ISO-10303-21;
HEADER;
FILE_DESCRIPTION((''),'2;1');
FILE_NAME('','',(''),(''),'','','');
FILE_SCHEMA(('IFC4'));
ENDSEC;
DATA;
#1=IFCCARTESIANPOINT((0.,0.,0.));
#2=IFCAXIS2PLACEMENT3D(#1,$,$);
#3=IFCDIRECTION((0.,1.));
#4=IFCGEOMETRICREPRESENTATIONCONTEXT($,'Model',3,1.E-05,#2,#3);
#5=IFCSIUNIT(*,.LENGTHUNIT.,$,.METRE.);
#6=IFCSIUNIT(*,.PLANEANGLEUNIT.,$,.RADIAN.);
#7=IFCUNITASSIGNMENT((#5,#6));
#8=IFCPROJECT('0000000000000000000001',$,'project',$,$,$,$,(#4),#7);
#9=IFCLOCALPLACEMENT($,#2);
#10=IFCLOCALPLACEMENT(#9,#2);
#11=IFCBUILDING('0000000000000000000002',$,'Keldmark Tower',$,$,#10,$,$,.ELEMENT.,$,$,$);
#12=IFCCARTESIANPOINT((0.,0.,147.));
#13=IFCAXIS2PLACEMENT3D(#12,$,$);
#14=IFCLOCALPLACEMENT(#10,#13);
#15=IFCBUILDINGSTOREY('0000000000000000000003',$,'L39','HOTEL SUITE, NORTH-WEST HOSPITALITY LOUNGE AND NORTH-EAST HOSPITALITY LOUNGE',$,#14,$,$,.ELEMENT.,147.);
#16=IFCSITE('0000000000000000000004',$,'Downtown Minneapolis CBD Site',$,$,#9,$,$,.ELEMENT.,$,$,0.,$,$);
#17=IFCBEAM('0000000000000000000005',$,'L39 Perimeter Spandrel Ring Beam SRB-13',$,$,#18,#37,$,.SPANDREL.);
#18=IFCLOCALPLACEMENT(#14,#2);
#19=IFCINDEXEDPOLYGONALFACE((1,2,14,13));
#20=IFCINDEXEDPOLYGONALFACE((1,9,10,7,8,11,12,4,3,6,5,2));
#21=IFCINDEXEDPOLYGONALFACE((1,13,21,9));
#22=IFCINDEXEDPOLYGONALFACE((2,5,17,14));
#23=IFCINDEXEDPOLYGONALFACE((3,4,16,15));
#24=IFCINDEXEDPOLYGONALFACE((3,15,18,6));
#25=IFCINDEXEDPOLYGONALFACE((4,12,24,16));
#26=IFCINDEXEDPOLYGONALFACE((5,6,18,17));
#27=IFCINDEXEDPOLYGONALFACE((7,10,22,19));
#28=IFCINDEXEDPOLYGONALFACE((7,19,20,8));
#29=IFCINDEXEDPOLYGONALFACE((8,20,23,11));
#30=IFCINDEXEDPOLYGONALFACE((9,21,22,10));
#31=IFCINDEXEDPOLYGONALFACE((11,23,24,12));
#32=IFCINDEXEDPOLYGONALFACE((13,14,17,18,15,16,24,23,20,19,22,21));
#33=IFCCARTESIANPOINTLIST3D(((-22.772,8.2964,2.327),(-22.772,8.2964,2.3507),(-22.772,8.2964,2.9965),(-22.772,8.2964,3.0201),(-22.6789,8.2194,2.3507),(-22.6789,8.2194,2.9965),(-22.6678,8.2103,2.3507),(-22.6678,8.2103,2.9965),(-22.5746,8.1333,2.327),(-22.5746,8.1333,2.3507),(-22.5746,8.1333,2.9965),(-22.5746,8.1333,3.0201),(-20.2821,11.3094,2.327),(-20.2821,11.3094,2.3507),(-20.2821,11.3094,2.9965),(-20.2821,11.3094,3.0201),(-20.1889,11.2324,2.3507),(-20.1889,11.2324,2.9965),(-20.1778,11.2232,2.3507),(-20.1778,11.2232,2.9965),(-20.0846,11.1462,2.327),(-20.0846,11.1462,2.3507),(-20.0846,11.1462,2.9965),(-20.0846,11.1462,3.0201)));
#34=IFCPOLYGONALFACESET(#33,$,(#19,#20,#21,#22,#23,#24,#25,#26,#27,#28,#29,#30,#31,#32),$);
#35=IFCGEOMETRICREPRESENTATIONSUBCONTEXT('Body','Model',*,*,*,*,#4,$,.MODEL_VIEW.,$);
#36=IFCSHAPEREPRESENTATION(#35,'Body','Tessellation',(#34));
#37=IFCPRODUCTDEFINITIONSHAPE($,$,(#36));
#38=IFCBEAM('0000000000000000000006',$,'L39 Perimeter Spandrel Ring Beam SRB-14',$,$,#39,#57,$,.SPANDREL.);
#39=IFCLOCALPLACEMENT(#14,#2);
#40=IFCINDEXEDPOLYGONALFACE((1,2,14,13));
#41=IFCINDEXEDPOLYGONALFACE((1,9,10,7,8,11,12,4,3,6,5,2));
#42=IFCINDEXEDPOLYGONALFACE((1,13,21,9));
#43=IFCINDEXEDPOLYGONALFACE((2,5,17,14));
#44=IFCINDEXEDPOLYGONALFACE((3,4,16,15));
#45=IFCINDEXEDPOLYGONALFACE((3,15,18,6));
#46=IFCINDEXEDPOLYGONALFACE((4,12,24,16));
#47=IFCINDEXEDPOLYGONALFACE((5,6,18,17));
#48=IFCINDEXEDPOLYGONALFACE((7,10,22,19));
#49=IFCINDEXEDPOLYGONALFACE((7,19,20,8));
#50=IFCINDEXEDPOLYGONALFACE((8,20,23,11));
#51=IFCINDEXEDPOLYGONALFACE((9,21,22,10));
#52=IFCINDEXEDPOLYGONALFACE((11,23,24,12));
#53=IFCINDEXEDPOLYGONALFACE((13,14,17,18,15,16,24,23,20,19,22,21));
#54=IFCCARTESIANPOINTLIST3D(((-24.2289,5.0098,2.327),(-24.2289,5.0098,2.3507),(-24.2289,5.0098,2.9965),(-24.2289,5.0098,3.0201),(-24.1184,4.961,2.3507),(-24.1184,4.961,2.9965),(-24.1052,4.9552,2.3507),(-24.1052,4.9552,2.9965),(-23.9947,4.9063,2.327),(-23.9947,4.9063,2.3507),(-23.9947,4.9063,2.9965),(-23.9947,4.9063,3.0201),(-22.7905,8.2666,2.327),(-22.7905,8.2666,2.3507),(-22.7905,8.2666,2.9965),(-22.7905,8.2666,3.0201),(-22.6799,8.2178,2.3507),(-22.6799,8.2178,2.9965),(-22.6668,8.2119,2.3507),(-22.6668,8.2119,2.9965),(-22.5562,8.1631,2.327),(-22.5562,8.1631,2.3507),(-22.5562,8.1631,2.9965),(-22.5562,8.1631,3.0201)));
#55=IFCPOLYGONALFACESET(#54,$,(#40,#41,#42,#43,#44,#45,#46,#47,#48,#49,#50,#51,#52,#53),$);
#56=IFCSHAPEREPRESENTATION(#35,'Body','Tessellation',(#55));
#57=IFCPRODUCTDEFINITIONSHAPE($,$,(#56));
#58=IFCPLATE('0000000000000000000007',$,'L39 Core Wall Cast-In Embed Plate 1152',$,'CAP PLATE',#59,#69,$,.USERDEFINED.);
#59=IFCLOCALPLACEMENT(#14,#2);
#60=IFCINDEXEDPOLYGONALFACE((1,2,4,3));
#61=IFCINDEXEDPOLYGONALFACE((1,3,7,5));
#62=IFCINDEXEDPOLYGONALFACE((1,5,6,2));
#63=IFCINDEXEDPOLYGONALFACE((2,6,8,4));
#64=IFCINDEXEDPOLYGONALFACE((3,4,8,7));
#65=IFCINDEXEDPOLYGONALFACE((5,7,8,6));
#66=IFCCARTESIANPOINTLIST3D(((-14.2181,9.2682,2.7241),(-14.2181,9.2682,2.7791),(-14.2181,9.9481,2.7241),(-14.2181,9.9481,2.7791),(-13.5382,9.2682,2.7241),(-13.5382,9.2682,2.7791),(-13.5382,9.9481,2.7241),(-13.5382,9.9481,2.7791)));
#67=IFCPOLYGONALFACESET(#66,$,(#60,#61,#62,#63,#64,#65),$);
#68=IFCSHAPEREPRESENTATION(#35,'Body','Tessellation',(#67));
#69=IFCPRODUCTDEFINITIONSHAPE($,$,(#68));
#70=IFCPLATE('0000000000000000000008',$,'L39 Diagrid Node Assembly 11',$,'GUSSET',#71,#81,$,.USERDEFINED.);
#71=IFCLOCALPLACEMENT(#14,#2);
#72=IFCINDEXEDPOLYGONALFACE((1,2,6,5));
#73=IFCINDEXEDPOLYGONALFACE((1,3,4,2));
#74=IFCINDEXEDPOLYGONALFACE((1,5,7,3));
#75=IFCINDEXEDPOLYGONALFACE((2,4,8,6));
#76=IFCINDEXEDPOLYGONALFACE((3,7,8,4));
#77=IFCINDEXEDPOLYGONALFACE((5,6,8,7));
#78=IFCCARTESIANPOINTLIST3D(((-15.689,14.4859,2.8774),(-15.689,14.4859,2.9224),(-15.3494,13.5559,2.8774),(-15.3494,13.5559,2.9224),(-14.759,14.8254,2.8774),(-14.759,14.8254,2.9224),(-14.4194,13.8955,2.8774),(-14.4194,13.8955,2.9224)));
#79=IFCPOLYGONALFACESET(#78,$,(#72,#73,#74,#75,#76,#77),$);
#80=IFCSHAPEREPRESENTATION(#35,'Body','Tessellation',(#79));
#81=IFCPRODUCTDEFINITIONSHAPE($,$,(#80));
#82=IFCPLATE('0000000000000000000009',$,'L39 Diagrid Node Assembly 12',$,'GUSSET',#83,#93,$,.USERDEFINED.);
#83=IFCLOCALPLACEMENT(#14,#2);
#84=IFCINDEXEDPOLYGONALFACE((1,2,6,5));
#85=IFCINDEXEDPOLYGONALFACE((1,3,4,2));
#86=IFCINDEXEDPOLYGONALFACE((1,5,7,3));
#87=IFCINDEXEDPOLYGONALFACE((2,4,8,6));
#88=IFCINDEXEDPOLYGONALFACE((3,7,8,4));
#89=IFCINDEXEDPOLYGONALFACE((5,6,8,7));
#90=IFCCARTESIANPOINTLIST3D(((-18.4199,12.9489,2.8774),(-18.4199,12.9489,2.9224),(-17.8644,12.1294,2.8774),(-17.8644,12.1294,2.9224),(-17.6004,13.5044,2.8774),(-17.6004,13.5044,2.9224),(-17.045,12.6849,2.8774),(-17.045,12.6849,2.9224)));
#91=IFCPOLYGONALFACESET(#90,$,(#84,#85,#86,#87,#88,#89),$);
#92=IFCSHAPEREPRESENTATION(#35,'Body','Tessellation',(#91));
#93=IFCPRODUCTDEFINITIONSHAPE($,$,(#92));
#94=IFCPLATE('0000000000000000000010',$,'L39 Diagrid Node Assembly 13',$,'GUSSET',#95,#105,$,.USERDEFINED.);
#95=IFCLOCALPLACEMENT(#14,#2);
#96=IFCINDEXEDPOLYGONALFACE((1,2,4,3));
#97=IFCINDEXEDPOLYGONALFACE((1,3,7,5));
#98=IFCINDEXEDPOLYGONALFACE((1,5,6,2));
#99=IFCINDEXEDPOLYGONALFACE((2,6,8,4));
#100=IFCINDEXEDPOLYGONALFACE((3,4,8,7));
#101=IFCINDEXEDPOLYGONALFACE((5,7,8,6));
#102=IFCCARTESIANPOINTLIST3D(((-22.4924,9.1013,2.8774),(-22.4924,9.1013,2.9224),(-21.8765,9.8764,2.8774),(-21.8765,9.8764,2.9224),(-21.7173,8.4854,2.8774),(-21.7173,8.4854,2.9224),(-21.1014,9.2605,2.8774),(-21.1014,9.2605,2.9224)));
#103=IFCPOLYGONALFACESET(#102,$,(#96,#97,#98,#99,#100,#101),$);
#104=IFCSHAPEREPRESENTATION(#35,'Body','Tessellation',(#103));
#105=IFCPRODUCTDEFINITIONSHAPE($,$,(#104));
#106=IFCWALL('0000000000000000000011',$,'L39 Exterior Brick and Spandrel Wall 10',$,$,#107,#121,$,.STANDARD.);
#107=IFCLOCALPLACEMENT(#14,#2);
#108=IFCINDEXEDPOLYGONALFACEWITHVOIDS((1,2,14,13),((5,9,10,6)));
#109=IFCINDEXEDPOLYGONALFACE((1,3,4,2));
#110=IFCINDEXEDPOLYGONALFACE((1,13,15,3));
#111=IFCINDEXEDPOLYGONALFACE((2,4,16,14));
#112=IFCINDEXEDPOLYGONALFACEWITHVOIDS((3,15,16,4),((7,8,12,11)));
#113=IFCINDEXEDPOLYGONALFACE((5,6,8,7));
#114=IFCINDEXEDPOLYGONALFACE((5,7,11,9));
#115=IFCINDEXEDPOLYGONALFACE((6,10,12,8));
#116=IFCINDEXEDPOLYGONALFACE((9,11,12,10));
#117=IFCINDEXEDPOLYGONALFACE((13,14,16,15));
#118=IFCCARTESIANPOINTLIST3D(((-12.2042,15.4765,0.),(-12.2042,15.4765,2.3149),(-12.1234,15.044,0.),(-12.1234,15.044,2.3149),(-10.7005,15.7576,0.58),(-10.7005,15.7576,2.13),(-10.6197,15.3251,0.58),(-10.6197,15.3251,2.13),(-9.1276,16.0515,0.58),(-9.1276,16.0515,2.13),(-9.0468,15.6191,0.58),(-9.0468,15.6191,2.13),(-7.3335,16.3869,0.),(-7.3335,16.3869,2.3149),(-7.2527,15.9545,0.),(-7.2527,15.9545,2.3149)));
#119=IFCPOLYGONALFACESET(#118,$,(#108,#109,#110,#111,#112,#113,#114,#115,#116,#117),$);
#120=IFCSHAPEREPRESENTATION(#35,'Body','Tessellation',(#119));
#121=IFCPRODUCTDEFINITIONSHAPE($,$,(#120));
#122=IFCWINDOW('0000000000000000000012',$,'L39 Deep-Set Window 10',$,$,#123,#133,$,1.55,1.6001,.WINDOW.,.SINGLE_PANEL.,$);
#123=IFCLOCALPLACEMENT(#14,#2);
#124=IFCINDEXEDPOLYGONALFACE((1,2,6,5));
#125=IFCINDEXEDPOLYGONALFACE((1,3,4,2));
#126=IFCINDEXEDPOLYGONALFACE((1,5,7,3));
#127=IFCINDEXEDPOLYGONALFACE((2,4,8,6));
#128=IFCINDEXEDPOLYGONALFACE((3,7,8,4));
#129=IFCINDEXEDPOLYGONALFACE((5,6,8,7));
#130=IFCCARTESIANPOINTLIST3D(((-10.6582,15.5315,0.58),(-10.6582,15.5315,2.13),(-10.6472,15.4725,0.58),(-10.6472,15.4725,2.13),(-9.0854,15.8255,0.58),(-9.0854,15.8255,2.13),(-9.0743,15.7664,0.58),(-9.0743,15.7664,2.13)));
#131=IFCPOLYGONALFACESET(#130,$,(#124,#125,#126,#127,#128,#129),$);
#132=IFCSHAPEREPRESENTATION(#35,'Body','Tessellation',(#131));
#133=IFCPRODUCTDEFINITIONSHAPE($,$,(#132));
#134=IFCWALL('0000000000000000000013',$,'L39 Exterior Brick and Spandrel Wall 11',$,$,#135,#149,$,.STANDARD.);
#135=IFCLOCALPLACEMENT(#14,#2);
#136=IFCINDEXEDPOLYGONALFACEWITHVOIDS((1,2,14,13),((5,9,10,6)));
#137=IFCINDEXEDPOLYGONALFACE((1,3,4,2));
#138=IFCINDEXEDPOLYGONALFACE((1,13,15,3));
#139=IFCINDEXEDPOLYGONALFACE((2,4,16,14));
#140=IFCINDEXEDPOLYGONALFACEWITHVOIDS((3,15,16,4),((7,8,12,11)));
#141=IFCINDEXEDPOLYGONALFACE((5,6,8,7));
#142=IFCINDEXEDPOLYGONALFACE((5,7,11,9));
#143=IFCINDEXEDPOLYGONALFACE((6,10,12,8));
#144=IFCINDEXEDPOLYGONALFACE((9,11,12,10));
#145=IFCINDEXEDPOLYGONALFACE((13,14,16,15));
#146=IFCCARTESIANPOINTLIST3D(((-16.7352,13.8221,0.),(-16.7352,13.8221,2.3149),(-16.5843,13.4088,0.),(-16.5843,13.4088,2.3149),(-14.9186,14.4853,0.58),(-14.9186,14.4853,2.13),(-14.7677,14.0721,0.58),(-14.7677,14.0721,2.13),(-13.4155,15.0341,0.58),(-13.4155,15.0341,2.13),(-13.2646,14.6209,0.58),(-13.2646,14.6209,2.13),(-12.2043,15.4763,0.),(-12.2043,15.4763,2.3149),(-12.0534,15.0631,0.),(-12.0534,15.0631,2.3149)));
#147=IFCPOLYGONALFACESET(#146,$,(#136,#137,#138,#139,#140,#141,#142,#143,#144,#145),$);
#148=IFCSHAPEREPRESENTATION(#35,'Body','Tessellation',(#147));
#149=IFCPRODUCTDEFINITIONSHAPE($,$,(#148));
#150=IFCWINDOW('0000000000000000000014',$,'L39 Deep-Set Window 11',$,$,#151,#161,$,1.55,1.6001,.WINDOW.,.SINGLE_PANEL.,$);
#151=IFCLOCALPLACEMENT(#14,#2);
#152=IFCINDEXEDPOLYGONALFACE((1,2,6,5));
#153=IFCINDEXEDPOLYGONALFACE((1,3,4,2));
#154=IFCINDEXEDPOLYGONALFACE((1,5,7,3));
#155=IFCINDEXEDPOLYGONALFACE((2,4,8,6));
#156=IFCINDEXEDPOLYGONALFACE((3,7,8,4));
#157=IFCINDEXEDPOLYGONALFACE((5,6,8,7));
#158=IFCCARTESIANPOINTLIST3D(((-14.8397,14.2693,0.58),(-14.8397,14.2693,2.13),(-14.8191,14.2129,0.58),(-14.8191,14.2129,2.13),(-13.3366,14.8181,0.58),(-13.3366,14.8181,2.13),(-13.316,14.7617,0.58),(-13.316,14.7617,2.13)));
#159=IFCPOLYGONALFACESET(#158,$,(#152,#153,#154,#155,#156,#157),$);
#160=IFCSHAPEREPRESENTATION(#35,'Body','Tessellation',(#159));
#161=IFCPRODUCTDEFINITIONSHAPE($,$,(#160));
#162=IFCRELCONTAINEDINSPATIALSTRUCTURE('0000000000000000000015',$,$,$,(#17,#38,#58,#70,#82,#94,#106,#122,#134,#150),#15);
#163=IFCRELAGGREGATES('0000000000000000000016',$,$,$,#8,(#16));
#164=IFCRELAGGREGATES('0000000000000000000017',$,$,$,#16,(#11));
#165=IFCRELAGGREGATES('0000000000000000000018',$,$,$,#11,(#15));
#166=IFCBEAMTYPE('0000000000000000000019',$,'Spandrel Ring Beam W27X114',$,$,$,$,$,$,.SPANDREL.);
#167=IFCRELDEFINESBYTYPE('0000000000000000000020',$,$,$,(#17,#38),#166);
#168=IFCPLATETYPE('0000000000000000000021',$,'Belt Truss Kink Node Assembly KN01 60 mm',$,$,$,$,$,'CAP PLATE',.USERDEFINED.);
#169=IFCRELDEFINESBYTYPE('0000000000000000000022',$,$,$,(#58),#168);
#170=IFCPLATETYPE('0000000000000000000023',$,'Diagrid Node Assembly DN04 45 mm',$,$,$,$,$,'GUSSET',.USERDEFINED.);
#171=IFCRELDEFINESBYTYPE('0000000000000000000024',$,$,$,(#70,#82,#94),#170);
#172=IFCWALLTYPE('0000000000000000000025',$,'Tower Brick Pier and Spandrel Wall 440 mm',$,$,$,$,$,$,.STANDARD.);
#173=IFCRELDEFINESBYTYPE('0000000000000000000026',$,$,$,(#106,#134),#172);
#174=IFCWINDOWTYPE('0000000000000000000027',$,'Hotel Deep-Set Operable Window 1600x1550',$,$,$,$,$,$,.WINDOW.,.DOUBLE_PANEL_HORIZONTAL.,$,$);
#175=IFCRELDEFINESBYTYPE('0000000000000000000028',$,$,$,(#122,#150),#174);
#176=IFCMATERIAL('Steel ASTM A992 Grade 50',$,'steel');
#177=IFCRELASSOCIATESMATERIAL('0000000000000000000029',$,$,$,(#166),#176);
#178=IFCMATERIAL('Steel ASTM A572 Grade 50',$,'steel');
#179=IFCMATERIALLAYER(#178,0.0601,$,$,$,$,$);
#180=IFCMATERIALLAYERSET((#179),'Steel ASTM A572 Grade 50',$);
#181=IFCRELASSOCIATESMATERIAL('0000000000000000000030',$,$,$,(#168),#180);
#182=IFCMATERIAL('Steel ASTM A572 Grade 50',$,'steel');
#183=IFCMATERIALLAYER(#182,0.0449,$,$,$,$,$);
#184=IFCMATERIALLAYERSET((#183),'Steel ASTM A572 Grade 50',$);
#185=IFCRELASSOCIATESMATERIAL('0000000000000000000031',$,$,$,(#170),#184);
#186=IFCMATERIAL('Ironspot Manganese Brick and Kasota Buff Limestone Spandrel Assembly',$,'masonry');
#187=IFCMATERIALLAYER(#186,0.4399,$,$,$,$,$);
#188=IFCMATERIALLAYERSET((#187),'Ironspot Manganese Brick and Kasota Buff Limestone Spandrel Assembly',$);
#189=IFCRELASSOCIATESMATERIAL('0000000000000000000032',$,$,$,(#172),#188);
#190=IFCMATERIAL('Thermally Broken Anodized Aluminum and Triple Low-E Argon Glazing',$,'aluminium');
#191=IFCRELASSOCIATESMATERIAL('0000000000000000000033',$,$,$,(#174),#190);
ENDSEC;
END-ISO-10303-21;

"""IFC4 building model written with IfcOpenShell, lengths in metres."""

from ifc_helpers import new_model, si_unit, direction, frame, frame_2d, origin, origin_2d, place, context, subcontext, project, spatial, rectangle, i_section, extrude, material, layer, layer_set, material_profile, profile_set, type_object, element, fill, save


model = new_model("IFC4")

# Units and contexts
model_context = context("Model", 3, precision=1e-05, world=origin(), true_north=direction((0.0, 1.0)))
body_context = subcontext(model_context, "Body", "Model", "MODEL_VIEW")
ifc_project = project(units=[si_unit("LENGTHUNIT", "METRE"), si_unit("PLANEANGLEUNIT", "RADIAN")], contexts=[model_context])

# Site, building, storey
site_placement = place(None, origin())
site = spatial("IfcSite", under=ifc_project, at=site_placement, Name="Downtown Minneapolis CBD Site", CompositionType="ELEMENT", RefElevation=0.0)
building_placement = place(site_placement, origin())
building = spatial("IfcBuilding", under=site, at=building_placement, Name="Keldmark Tower", CompositionType="ELEMENT")
storey_placement = place(building_placement, frame((0.0, 0.0, 147.0)))
storey = spatial("IfcBuildingStorey", under=building, at=storey_placement, Name="L39", Description="HOTEL SUITE, NORTH-WEST HOSPITALITY LOUNGE AND NORTH-EAST HOSPITALITY LOUNGE", CompositionType="ELEMENT", Elevation=147.0)

# Beams
ifc_material_1 = material(Name="Steel ASTM A992 Grade 50", Category="steel")
ifc_material_profile_1 = material_profile(ifc_material_1, i_section(OverallWidth=0.2561, OverallDepth=0.6931, WebThickness=0.0144, FlangeThickness=0.0237, at=origin_2d()), Name="W27X114")
ifc_profile_set_1 = profile_set([ifc_material_profile_1], Name="Steel ASTM A992 Grade 50")
beam_type_1 = type_object("IfcBeamType", Name="Spandrel Ring Beam W27X114", PredefinedType="SPANDREL", material=ifc_profile_set_1)
beam_1_placement = place(storey_placement, frame((-20.1833, 11.2278, 2.6736), z_axis=(-0.63704, -0.770831, 0.0), x_axis=(0.770831, -0.63704, 0.0)))
element("IfcBeam", 1, at=beam_1_placement, inside=storey, type_object=beam_type_1, Name="L39 Perimeter Spandrel Ring Beam SRB-13", PredefinedType="SPANDREL", context=body_context, shape_type="SweptSolid", body=[
    extrude(i_section(OverallWidth=0.2561, OverallDepth=0.6931, WebThickness=0.0144, FlangeThickness=0.0237, at=origin_2d()), origin(), (0.0, 0.0, 1.0), 3.9087),
])
beam_2_placement = place(storey_placement, frame((-22.6733, 8.2148, 2.6736), z_axis=(-0.404025, -0.914748, 0.0), x_axis=(0.914748, -0.404025, 0.0)))
element("IfcBeam", 2, at=beam_2_placement, inside=storey, type_object=beam_type_1, Name="L39 Perimeter Spandrel Ring Beam SRB-14", PredefinedType="SPANDREL", context=body_context, shape_type="SweptSolid", body=[
    extrude(i_section(OverallWidth=0.2561, OverallDepth=0.6931, WebThickness=0.0144, FlangeThickness=0.0237, at=origin_2d()), origin(), (0.0, 0.0, 1.0), 3.5603),
])

# Plates
ifc_material_2 = material(Name="Steel ASTM A572 Grade 50", Category="steel")
ifc_layer_1 = layer(ifc_material_2, 0.0601)
ifc_layer_set_1 = layer_set([ifc_layer_1], Name="Steel ASTM A572 Grade 50")
plate_type_1 = type_object("IfcPlateType", Name="Belt Truss Kink Node Assembly KN01 60 mm", ElementType="CAP PLATE", PredefinedType="USERDEFINED", material=ifc_layer_set_1)
plate_placement = place(storey_placement, frame((-13.8782, 9.6082, 2.7241), z_axis=(0.0, 0.0, 1.0), x_axis=(1.0, 0.0, 0.0)))
element("IfcPlate", 3, at=plate_placement, inside=storey, type_object=plate_type_1, Name="L39 Core Wall Cast-In Embed Plate 1152", ObjectType="CAP PLATE", PredefinedType="USERDEFINED", context=body_context, shape_type="SweptSolid", body=[
    extrude(rectangle(XDim=0.6799, YDim=0.6799, at=origin_2d()), origin(), (0.0, 0.0, 1.0), 0.0549),
])
ifc_material_3 = material(Name="Steel ASTM A572 Grade 50", Category="steel")
ifc_layer_2 = layer(ifc_material_3, 0.0449)
ifc_layer_set_2 = layer_set([ifc_layer_2], Name="Steel ASTM A572 Grade 50")
plate_type_2 = type_object("IfcPlateType", Name="Diagrid Node Assembly DN04 45 mm", ElementType="GUSSET", PredefinedType="USERDEFINED", material=ifc_layer_set_2)
for number, where, z_axis, x_axis, name in (
    (4, (-15.0542, 14.1907, 2.8774), (0.0, 0.0, 1.0), (-0.939334, -0.343004, 0.0), "L39 Diagrid Node Assembly 11"),
    (5, (-17.7324, 12.8169, 2.8774), (0.0, 0.0, 1.0), (-0.827767, -0.561072, 0.0), "L39 Diagrid Node Assembly 12"),
    (6, (-21.7969, 9.1809, 2.8774), (0.0, 0.0, 1.0), (-0.622105, -0.782934, 0.0), "L39 Diagrid Node Assembly 13"),
):
    element("IfcPlate", number, at=place(storey_placement, frame(where, z_axis=z_axis, x_axis=x_axis)), inside=storey, type_object=plate_type_2, Name=name, ObjectType="GUSSET", PredefinedType="USERDEFINED", context=body_context, shape_type="SweptSolid", body=[
        extrude(rectangle(XDim=0.99, YDim=0.99, at=origin_2d()), origin(), (0.0, 0.0, 1.0), 0.0449),
    ])

# Walls, openings, windows
ifc_material_4 = material(Name="Ironspot Manganese Brick and Kasota Buff Limestone Spandrel Assembly", Category="masonry")
ifc_layer_3 = layer(ifc_material_4, 0.4399)
ifc_layer_set_3 = layer_set([ifc_layer_3], Name="Ironspot Manganese Brick and Kasota Buff Limestone Spandrel Assembly")
wall_type_1 = type_object("IfcWallType", Name="Tower Brick Pier and Spandrel Wall 440 mm", PredefinedType="STANDARD", material=ifc_layer_set_3)
wall_1_placement = place(storey_placement, frame((-12.1638, 15.2603, 0.0), z_axis=(0.0, 0.0, 1.0), x_axis=(0.982976, 0.183735, 0.0)))
wall_1 = element("IfcWall", 7, at=wall_1_placement, inside=storey, type_object=wall_type_1, Name="L39 Exterior Brick and Spandrel Wall 10", PredefinedType="STANDARD", context=body_context, shape_type="SweptSolid", body=[
    extrude(rectangle(XDim=4.9551, YDim=0.4399, at=frame_2d((2.4775, 0.0))), origin(), (0.0, 0.0, 1.0), 2.3149),
])
opening_1_placement = place(wall_1_placement, frame((1.5298, 0.0, 0.5801)))
opening_1 = element("IfcOpeningElement", 8, at=opening_1_placement, cuts=wall_1, PredefinedType="OPENING", context=body_context, shape_type="SweptSolid", body=[
    extrude(rectangle(XDim=1.6001, YDim=1.55, at=frame_2d((0.8, 0.7749))), frame((0.0, 0.23, 0.0), z_axis=(0.0, -1.0, 0.0), x_axis=(1.0, 0.0, 0.0)), (0.0, 0.0, 1.0), 0.46),
])
ifc_material_5 = material(Name="Thermally Broken Anodized Aluminum and Triple Low-E Argon Glazing", Category="aluminium")
window_type = type_object("IfcWindowType", Name="Hotel Deep-Set Operable Window 1600x1550", PartitioningType="DOUBLE_PANEL_HORIZONTAL", PredefinedType="WINDOW", material=ifc_material_5)
window_1_placement = place(opening_1_placement, origin())
window_1 = element("IfcWindow", 9, at=window_1_placement, inside=storey, type_object=window_type, Name="L39 Deep-Set Window 10", OverallHeight=1.55, OverallWidth=1.6001, PartitioningType="SINGLE_PANEL", PredefinedType="WINDOW", context=body_context, shape_type="SweptSolid", body=[
    extrude(rectangle(XDim=1.6001, YDim=1.55, at=frame_2d((0.8, 0.7749))), frame((0.0, -0.01, 0.0), z_axis=(0.0, -1.0, 0.0), x_axis=(1.0, 0.0, 0.0)), (0.0, 0.0, 1.0), 0.0601),
])
fill(opening_1, window_1)
wall_2_placement = place(storey_placement, frame((-16.6597, 13.6155, 0.0), z_axis=(0.0, 0.0, 1.0), x_axis=(0.939349, 0.342962, 0.0)))
wall_2 = element("IfcWall", 10, at=wall_2_placement, inside=storey, type_object=wall_type_1, Name="L39 Exterior Brick and Spandrel Wall 11", PredefinedType="STANDARD", context=body_context, shape_type="SweptSolid", body=[
    extrude(rectangle(XDim=4.8235, YDim=0.4399, at=frame_2d((2.4116, 0.0))), origin(), (0.0, 0.0, 1.0), 2.3149),
])
opening_2_placement = place(wall_2_placement, frame((1.9338, 0.0, 0.5801)))
opening_2 = element("IfcOpeningElement", 11, at=opening_2_placement, cuts=wall_2, PredefinedType="OPENING", context=body_context, shape_type="SweptSolid", body=[
    extrude(rectangle(XDim=1.6001, YDim=1.55, at=frame_2d((0.8, 0.7749))), frame((0.0, 0.23, 0.0), z_axis=(0.0, -1.0, 0.0), x_axis=(1.0, 0.0, 0.0)), (0.0, 0.0, 1.0), 0.46),
])
window_2_placement = place(opening_2_placement, origin())
window_2 = element("IfcWindow", 12, at=window_2_placement, inside=storey, type_object=window_type, Name="L39 Deep-Set Window 11", OverallHeight=1.55, OverallWidth=1.6001, PartitioningType="SINGLE_PANEL", PredefinedType="WINDOW", context=body_context, shape_type="SweptSolid", body=[
    extrude(rectangle(XDim=1.6001, YDim=1.55, at=frame_2d((0.8, 0.7749))), frame((0.0, -0.01, 0.0), z_axis=(0.0, -1.0, 0.0), x_axis=(1.0, 0.0, 0.0)), (0.0, 0.0, 1.0), 0.0601),
])
fill(opening_2, window_2)

save(model, "model.ifc")
